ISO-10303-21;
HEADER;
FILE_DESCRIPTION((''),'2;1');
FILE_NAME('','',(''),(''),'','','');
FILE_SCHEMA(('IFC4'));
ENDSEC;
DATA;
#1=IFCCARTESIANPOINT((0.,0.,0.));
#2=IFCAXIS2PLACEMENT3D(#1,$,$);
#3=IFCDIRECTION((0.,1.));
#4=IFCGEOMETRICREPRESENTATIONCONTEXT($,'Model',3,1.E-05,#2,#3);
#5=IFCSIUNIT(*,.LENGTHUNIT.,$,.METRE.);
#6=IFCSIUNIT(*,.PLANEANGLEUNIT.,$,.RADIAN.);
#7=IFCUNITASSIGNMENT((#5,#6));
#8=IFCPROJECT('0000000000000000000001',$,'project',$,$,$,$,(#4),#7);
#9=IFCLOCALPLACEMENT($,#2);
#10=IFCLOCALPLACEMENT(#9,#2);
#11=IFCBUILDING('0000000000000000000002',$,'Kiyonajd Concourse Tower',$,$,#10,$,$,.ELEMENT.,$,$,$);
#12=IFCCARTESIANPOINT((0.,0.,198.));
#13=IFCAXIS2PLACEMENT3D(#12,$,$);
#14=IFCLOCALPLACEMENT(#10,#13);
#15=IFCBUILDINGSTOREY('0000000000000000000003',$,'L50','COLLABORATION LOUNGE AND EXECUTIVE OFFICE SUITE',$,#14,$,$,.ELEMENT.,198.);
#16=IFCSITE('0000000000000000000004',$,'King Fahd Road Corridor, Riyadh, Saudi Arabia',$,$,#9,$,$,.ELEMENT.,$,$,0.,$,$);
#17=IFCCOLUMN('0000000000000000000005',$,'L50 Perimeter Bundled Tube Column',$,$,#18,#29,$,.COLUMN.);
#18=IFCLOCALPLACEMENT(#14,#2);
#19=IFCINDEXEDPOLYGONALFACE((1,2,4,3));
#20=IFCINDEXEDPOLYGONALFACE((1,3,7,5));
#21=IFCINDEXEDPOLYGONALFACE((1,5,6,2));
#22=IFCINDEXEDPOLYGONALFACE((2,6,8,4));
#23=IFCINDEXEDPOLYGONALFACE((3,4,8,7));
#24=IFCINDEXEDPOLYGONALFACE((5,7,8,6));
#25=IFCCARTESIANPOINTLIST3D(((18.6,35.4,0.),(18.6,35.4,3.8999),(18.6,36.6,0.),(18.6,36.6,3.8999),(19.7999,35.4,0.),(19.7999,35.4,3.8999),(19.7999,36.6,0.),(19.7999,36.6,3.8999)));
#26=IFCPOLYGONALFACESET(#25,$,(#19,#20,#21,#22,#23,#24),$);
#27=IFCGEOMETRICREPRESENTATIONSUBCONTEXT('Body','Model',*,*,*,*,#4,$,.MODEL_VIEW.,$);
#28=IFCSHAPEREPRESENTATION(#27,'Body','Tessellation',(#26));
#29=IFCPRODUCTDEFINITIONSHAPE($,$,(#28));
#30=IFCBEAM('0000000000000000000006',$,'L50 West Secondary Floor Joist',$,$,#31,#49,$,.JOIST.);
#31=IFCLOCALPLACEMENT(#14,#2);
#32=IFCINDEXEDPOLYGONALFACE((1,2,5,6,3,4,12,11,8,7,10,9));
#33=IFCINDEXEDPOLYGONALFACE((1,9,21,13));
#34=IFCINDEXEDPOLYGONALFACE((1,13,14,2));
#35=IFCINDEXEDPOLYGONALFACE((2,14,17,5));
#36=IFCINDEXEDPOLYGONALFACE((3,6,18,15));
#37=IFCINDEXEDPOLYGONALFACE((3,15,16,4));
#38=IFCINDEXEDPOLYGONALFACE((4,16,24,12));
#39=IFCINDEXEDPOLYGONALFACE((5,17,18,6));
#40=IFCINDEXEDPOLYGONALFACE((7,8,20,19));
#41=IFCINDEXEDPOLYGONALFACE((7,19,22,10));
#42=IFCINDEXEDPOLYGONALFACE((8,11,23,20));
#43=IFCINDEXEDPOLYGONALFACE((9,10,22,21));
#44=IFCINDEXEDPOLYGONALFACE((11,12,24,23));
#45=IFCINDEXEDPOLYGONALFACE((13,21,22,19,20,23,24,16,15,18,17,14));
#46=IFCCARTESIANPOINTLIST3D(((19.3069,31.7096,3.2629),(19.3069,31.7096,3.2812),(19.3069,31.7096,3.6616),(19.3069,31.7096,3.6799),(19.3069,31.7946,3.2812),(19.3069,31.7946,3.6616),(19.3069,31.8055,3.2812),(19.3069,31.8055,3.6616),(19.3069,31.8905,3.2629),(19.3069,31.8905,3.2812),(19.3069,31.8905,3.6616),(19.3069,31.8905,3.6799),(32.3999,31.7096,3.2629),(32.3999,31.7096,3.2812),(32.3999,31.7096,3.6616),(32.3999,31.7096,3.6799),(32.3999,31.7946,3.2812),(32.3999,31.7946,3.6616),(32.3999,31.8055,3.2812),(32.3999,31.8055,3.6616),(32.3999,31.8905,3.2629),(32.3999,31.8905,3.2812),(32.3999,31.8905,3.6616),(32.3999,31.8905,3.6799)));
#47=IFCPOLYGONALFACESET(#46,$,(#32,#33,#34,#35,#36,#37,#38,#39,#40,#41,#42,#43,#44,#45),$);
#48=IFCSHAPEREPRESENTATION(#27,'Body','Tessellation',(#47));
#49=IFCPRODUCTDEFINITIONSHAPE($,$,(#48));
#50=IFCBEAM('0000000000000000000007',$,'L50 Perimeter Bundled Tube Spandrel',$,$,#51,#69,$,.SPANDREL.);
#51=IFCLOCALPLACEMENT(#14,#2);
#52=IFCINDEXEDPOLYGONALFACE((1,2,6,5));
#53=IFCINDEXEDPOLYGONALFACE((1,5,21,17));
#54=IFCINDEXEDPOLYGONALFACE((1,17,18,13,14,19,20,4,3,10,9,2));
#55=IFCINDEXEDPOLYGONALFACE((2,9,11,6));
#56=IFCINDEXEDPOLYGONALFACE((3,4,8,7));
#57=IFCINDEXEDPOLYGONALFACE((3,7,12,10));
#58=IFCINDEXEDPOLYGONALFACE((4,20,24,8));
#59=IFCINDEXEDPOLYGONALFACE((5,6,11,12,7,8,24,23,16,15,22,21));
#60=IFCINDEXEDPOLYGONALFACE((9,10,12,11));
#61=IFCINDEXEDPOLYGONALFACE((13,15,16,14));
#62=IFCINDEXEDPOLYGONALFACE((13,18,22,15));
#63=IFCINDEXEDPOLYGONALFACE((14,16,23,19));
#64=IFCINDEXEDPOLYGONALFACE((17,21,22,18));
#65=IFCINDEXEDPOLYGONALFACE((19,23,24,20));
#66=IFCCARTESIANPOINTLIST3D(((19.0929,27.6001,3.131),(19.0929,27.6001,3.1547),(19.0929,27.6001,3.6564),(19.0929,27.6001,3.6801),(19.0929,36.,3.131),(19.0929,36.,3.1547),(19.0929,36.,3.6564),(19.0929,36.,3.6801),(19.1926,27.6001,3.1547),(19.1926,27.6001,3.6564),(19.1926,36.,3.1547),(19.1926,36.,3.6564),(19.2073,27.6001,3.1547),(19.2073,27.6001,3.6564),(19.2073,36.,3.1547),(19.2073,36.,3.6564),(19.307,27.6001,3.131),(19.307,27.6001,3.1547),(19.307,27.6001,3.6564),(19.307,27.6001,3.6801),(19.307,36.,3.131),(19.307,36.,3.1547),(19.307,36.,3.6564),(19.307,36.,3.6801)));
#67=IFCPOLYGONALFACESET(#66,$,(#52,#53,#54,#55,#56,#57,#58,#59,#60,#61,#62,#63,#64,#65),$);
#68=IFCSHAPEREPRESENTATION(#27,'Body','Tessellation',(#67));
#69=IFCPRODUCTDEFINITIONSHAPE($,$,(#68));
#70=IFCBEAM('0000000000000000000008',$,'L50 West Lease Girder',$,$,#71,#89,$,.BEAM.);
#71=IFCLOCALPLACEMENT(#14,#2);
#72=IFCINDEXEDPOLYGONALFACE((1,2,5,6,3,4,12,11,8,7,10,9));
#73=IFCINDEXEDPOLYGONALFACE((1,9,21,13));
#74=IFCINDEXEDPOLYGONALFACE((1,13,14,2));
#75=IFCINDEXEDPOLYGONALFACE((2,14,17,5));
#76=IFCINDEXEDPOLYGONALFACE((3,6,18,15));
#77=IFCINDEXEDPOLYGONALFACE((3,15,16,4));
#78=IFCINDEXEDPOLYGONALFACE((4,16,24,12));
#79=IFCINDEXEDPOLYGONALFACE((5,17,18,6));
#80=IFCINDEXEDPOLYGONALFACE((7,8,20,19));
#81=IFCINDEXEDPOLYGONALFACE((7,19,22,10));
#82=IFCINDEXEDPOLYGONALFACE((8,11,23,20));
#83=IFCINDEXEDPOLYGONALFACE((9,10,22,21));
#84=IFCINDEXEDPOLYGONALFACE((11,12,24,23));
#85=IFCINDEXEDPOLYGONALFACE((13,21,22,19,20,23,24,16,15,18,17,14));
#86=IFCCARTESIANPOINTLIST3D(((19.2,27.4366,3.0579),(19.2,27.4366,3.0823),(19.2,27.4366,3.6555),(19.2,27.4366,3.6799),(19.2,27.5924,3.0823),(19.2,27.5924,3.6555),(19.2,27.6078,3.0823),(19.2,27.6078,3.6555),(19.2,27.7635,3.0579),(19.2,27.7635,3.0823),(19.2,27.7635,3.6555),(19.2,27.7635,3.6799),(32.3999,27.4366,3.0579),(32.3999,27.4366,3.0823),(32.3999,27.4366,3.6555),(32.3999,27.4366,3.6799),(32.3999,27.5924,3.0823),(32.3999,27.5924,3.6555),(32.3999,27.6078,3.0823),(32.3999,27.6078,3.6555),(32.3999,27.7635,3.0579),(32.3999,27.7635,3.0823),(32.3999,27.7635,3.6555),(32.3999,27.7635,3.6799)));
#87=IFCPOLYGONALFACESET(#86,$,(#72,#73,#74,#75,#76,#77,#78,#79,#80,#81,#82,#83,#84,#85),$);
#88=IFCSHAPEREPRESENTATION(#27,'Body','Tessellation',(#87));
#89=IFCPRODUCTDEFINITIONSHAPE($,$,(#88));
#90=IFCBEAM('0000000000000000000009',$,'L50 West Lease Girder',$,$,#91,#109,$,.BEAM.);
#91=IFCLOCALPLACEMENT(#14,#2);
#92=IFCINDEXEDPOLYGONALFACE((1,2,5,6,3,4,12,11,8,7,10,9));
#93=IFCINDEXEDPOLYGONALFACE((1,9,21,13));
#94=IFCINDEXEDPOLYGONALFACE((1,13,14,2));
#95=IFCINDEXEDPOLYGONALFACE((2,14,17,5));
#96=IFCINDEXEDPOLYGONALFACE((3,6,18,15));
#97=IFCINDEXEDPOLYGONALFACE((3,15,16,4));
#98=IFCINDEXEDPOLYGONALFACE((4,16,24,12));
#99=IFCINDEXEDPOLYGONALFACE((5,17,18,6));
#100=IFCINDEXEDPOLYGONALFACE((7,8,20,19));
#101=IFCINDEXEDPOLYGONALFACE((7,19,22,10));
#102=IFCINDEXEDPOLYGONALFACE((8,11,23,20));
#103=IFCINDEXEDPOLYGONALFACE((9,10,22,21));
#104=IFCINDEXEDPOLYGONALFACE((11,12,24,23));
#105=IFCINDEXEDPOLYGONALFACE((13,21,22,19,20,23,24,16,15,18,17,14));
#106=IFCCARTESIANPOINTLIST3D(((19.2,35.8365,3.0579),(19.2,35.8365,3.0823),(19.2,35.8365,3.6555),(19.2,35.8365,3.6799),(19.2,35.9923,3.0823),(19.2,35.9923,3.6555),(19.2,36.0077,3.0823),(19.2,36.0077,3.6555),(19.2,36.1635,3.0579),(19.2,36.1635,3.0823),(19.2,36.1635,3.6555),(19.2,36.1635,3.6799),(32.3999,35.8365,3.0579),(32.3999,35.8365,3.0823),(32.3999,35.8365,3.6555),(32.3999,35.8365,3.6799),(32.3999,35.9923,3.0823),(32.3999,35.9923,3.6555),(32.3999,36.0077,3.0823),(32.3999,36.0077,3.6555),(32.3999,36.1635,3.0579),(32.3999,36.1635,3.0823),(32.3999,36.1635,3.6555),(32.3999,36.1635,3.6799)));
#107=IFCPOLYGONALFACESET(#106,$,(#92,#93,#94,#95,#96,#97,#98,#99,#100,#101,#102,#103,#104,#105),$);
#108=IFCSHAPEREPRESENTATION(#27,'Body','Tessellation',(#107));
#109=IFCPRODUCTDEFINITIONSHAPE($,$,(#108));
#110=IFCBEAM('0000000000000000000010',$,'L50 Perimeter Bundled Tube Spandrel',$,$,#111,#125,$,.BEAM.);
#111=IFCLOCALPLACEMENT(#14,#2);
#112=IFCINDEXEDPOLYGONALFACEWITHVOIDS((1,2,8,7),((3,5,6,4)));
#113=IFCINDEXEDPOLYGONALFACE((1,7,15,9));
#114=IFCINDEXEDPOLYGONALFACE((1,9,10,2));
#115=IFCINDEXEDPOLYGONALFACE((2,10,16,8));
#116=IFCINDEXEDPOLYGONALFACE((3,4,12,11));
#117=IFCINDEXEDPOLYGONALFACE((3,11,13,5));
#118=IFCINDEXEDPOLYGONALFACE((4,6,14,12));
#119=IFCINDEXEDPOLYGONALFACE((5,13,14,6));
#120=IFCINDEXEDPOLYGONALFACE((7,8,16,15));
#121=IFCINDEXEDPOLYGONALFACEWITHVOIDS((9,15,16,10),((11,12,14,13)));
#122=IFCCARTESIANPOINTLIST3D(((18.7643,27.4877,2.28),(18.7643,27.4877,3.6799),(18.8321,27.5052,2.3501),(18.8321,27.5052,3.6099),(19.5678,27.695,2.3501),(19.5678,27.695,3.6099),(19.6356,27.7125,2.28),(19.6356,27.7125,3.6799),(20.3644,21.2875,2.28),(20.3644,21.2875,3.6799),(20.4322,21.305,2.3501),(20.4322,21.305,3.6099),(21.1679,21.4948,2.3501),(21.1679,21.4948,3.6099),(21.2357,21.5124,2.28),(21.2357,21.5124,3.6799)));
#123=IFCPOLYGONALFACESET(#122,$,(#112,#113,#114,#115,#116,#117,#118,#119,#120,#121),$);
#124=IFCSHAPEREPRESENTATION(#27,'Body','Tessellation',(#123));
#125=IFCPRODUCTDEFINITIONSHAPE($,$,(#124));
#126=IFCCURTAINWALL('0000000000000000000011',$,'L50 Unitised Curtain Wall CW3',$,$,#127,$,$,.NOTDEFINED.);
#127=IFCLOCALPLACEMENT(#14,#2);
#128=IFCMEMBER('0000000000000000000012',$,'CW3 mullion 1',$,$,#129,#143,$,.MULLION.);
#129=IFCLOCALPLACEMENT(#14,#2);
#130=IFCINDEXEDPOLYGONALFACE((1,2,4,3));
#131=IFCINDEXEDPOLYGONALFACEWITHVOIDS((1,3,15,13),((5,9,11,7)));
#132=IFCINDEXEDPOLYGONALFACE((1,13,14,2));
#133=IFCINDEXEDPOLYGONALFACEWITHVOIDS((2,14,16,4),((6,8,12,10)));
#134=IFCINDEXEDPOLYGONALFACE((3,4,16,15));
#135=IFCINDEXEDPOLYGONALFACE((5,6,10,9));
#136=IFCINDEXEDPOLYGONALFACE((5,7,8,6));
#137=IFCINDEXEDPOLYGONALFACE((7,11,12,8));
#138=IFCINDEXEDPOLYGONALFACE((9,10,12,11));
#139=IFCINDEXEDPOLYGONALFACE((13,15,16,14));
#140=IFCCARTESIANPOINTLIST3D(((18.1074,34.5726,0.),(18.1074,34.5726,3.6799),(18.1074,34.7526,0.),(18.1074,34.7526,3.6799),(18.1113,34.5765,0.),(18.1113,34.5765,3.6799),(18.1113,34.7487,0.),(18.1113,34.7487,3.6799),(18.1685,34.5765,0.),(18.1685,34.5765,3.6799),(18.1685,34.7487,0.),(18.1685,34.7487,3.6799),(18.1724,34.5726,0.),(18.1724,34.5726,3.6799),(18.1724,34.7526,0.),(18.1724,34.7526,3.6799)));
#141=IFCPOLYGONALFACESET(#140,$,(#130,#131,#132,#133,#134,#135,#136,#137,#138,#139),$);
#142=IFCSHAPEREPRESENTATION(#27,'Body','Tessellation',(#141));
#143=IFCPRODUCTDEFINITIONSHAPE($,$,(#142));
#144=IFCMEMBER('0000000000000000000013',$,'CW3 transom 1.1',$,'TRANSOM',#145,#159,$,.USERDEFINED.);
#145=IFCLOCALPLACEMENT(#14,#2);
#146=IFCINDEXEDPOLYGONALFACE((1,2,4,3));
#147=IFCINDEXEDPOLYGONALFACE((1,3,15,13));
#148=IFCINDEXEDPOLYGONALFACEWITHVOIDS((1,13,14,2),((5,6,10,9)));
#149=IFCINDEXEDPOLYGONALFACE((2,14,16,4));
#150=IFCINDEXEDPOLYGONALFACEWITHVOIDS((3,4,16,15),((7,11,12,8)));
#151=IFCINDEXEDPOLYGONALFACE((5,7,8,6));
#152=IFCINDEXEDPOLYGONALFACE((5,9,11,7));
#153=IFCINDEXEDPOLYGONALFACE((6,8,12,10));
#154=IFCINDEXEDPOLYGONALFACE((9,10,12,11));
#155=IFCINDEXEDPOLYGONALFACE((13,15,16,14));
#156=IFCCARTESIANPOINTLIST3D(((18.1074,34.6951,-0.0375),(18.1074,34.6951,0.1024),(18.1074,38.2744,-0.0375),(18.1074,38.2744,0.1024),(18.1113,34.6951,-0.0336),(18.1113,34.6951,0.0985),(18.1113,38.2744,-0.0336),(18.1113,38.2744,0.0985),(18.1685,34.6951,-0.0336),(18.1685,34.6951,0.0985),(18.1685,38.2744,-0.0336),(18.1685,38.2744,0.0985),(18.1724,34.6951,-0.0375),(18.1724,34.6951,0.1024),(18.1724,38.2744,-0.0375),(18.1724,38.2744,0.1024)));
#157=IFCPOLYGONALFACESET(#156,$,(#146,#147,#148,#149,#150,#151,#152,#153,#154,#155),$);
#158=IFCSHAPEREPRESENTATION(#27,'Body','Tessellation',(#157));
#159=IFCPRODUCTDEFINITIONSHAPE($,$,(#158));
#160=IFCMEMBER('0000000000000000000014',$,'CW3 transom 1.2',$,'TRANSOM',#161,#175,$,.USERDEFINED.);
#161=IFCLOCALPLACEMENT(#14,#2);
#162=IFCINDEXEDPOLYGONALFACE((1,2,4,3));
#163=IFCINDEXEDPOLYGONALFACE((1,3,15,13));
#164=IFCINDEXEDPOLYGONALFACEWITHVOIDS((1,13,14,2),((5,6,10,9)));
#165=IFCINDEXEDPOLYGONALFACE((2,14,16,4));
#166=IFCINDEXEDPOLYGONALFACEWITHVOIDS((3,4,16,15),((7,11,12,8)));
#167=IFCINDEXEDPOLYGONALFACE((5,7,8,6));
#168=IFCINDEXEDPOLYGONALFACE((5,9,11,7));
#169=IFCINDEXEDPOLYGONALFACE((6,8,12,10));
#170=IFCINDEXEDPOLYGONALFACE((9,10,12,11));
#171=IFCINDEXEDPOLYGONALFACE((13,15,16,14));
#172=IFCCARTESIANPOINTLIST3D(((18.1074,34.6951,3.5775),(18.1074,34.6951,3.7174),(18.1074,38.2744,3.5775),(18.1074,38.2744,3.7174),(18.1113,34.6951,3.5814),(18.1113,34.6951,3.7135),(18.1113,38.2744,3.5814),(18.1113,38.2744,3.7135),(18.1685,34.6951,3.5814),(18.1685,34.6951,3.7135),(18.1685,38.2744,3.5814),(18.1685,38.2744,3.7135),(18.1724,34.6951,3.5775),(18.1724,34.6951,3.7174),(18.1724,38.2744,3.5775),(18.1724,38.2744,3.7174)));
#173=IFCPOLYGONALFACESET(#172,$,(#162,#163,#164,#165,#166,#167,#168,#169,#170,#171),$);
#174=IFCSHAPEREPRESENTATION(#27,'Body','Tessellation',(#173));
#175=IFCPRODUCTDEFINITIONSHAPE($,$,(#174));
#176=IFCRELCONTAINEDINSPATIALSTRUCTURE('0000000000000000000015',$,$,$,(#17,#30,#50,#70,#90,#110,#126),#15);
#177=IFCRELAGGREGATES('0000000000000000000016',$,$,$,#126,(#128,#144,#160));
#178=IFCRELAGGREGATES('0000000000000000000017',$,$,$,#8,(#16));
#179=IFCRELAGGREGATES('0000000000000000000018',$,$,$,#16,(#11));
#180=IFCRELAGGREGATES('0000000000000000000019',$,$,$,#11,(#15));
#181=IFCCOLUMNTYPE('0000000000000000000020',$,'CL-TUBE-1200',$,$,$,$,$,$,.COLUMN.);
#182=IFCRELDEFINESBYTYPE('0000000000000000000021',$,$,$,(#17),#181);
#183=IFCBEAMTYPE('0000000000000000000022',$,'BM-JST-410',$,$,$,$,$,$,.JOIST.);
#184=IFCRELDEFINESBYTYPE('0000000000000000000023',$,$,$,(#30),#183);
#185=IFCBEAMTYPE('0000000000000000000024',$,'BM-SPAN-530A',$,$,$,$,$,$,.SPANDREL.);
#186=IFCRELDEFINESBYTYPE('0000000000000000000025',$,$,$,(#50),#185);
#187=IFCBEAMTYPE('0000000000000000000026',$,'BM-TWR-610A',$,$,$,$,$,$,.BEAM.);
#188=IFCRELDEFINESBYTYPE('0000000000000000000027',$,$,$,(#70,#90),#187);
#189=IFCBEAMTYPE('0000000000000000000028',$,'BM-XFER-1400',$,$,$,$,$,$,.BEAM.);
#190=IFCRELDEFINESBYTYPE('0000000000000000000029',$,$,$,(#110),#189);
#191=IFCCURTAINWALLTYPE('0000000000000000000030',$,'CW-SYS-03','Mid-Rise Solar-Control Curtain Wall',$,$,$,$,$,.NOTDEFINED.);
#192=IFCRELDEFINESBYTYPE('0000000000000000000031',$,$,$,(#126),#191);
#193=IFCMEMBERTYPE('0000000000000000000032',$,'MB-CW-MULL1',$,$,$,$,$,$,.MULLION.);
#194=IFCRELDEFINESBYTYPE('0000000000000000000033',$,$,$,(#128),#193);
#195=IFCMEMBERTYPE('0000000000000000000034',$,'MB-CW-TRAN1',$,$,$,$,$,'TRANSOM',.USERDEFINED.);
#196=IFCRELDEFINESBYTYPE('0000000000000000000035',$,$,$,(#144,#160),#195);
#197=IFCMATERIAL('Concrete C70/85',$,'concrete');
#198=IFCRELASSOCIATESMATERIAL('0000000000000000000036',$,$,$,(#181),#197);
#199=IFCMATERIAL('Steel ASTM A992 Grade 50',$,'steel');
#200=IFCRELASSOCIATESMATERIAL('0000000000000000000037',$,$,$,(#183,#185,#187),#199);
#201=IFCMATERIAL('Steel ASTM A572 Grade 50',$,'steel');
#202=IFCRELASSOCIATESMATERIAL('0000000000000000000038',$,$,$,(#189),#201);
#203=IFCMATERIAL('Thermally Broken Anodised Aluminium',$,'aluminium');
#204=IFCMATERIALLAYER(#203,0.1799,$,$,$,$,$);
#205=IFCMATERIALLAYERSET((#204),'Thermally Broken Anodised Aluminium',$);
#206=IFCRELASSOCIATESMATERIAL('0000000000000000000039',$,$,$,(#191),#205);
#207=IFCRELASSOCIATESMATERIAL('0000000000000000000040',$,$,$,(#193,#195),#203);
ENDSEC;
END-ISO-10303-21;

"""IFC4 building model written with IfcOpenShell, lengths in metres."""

from ifc_helpers import new_model, si_unit, direction, frame, origin, origin_2d, place, context, subcontext, project, spatial, rectangle, hollow_rectangle, i_section, extrude, material, layer, layer_set, material_profile, profile_set, type_object, element, aggregate, save


model = new_model("IFC4")

# Units and contexts
model_context = context("Model", 3, precision=1e-05, world=origin(), true_north=direction((0.0, 1.0)))
body_context = subcontext(model_context, "Body", "Model", "MODEL_VIEW")
ifc_project = project(units=[si_unit("LENGTHUNIT", "METRE"), si_unit("PLANEANGLEUNIT", "RADIAN")], contexts=[model_context])

# Site, building, storey
site_placement = place(None, origin())
site = spatial("IfcSite", under=ifc_project, at=site_placement, Name="King Fahd Road Corridor, Riyadh, Saudi Arabia", CompositionType="ELEMENT", RefElevation=0.0)
building_placement = place(site_placement, origin())
building = spatial("IfcBuilding", under=site, at=building_placement, Name="Kiyonajd Concourse Tower", CompositionType="ELEMENT")
storey_placement = place(building_placement, frame((0.0, 0.0, 198.0)))
storey = spatial("IfcBuildingStorey", under=building, at=storey_placement, Name="L50", Description="COLLABORATION LOUNGE AND EXECUTIVE OFFICE SUITE", CompositionType="ELEMENT", Elevation=198.0)

# Column
ifc_material_1 = material(Name="Concrete C70/85", Category="concrete")
ifc_material_profile_1 = material_profile(ifc_material_1, rectangle(XDim=1.2, YDim=1.2, at=origin_2d()), Name="RC-1200x1200")
ifc_profile_set_1 = profile_set([ifc_material_profile_1], Name="Concrete C70/85")
column_type = type_object("IfcColumnType", Name="CL-TUBE-1200", PredefinedType="COLUMN", material=ifc_profile_set_1)
column_placement = place(storey_placement, frame((19.2, 36.0, 0.0), z_axis=(0.0, 0.0, 1.0), x_axis=(1.0, 0.0, 0.0)))
element("IfcColumn", 1, at=column_placement, inside=storey, type_object=column_type, Name="L50 Perimeter Bundled Tube Column", PredefinedType="COLUMN", context=body_context, shape_type="SweptSolid", body=[
    extrude(rectangle(XDim=1.2, YDim=1.2, at=origin_2d()), origin(), (0.0, 0.0, 1.0), 3.8999),
])

# Beams
ifc_material_2 = material(Name="Steel ASTM A992 Grade 50", Category="steel")
ifc_material_profile_2 = material_profile(ifc_material_2, i_section(OverallWidth=0.1809, OverallDepth=0.417, WebThickness=0.011, FlangeThickness=0.0183, at=origin_2d()), Name="W410X85")
ifc_profile_set_2 = profile_set([ifc_material_profile_2], Name="Steel ASTM A992 Grade 50")
beam_type_1 = type_object("IfcBeamType", Name="BM-JST-410", PredefinedType="JOIST", material=ifc_profile_set_2)
beam_1_placement = place(storey_placement, frame((19.3069, 31.8, 3.4714), z_axis=(1.0, 0.0, 0.0), x_axis=(0.0, 1.0, 0.0)))
element("IfcBeam", 2, at=beam_1_placement, inside=storey, type_object=beam_type_1, Name="L50 West Secondary Floor Joist", PredefinedType="JOIST", context=body_context, shape_type="SweptSolid", body=[
    extrude(i_section(OverallWidth=0.1809, OverallDepth=0.417, WebThickness=0.011, FlangeThickness=0.0183, at=origin_2d()), origin(), (0.0, 0.0, 1.0), 13.093),
])
ifc_material_profile_3 = material_profile(ifc_material_2, i_section(OverallWidth=0.2141, OverallDepth=0.5491, WebThickness=0.0146, FlangeThickness=0.0237, at=origin_2d()), Name="W530X138")
ifc_profile_set_3 = profile_set([ifc_material_profile_3], Name="Steel ASTM A992 Grade 50")
beam_type_2 = type_object("IfcBeamType", Name="BM-SPAN-530A", PredefinedType="SPANDREL", material=ifc_profile_set_3)
beam_2_placement = place(storey_placement, frame((19.2, 36.0, 3.4055), z_axis=(0.0, -1.0, 0.0), x_axis=(1.0, 0.0, 0.0)))
element("IfcBeam", 3, at=beam_2_placement, inside=storey, type_object=beam_type_2, Name="L50 Perimeter Bundled Tube Spandrel", PredefinedType="SPANDREL", context=body_context, shape_type="SweptSolid", body=[
    extrude(i_section(OverallWidth=0.2141, OverallDepth=0.5491, WebThickness=0.0146, FlangeThickness=0.0237, at=origin_2d()), origin(), (0.0, 0.0, 1.0), 8.3999),
])
ifc_material_profile_4 = material_profile(ifc_material_2, i_section(OverallWidth=0.3269, OverallDepth=0.6221, WebThickness=0.0154, FlangeThickness=0.0244, at=origin_2d()), Name="W610X195")
ifc_profile_set_4 = profile_set([ifc_material_profile_4], Name="Steel ASTM A992 Grade 50")
beam_type_3 = type_object("IfcBeamType", Name="BM-TWR-610A", PredefinedType="BEAM", material=ifc_profile_set_4)
for number, where, z_axis, x_axis, name in (
    (4, (19.2, 27.6001, 3.3689), (1.0, 0.0, 0.0), (0.0, 1.0, 0.0), "L50 West Lease Girder"),
    (5, (19.2, 36.0, 3.3689), (1.0, 0.0, 0.0), (0.0, 1.0, 0.0), "L50 West Lease Girder"),
):
    element("IfcBeam", number, at=place(storey_placement, frame(where, z_axis=z_axis, x_axis=x_axis)), inside=storey, type_object=beam_type_3, Name=name, PredefinedType="BEAM", context=body_context, shape_type="SweptSolid", body=[
        extrude(i_section(OverallWidth=0.3269, OverallDepth=0.6221, WebThickness=0.0154, FlangeThickness=0.0244, at=origin_2d()), origin(), (0.0, 0.0, 1.0), 13.2),
    ])
ifc_material_3 = material(Name="Steel ASTM A572 Grade 50", Category="steel")
ifc_material_profile_5 = material_profile(ifc_material_3, hollow_rectangle(XDim=0.8999, YDim=1.3999, WallThickness=0.0701, at=origin_2d()), Name="BOX-1400x900x70")
ifc_profile_set_5 = profile_set([ifc_material_profile_5], Name="Steel ASTM A572 Grade 50")
beam_type_4 = type_object("IfcBeamType", Name="BM-XFER-1400", PredefinedType="BEAM", material=ifc_profile_set_5)
beam_3_placement = place(storey_placement, frame((19.2, 27.6001, 2.98), z_axis=(0.249885, -0.968276, 0.0), x_axis=(0.968276, 0.249885, 0.0)))
element("IfcBeam", 6, at=beam_3_placement, inside=storey, type_object=beam_type_4, Name="L50 Perimeter Bundled Tube Spandrel", PredefinedType="BEAM", context=body_context, shape_type="SweptSolid", body=[
    extrude(hollow_rectangle(XDim=0.8999, YDim=1.3999, WallThickness=0.0701, at=origin_2d()), origin(), (0.0, 0.0, 1.0), 6.4033),
])

# Curtain wall, members
ifc_material_4 = material(Name="Thermally Broken Anodised Aluminium", Category="aluminium")
ifc_layer_1 = layer(ifc_material_4, 0.1799)
ifc_layer_set_1 = layer_set([ifc_layer_1], Name="Thermally Broken Anodised Aluminium")
curtain_wall_type = type_object("IfcCurtainWallType", Name="CW-SYS-03", Description="Mid-Rise Solar-Control Curtain Wall", PredefinedType="NOTDEFINED", material=ifc_layer_set_1)
curtain_wall_placement = place(storey_placement, origin())
curtain_wall = element("IfcCurtainWall", 7, at=curtain_wall_placement, inside=storey, type_object=curtain_wall_type, Name="L50 Unitised Curtain Wall CW3", PredefinedType="NOTDEFINED")
ifc_material_profile_6 = material_profile(ifc_material_4, hollow_rectangle(XDim=0.0649, YDim=0.1799, WallThickness=0.0039, at=origin_2d()), Name="MULL-65x180")
ifc_profile_set_6 = profile_set([ifc_material_profile_6], Name="Thermally Broken Anodised Aluminium")
member_type_1 = type_object("IfcMemberType", Name="MB-CW-MULL1", PredefinedType="MULLION", material=ifc_profile_set_6)
member_1_placement = place(storey_placement, frame((18.1399, 34.6626, 0.0), z_axis=(0.0, 0.0, 1.0), x_axis=(-1.0, 0.0, 0.0)))
member_1 = element("IfcMember", 8, at=member_1_placement, type_object=member_type_1, Name="CW3 mullion 1", PredefinedType="MULLION", context=body_context, shape_type="SweptSolid", body=[
    extrude(hollow_rectangle(XDim=0.0649, YDim=0.1799, WallThickness=0.0039, at=origin_2d()), origin(), (0.0, 0.0, 1.0), 3.6799),
])
ifc_material_profile_7 = material_profile(ifc_material_4, hollow_rectangle(XDim=0.0649, YDim=0.1399, WallThickness=0.0039, at=origin_2d()), Name="TRAN-65x140")
ifc_profile_set_7 = profile_set([ifc_material_profile_7], Name="Thermally Broken Anodised Aluminium")
member_type_2 = type_object("IfcMemberType", Name="MB-CW-TRAN1", ElementType="TRANSOM", PredefinedType="USERDEFINED", material=ifc_profile_set_7)
member_2_placement = place(storey_placement, frame((18.1399, 34.6951, 0.0325), z_axis=(0.0, 1.0, 0.0), x_axis=(-1.0, 0.0, 0.0)))
member_2 = element("IfcMember", 9, at=member_2_placement, type_object=member_type_2, Name="CW3 transom 1.1", ObjectType="TRANSOM", PredefinedType="USERDEFINED", context=body_context, shape_type="SweptSolid", body=[
    extrude(hollow_rectangle(XDim=0.0649, YDim=0.1399, WallThickness=0.0039, at=origin_2d()), origin(), (0.0, 0.0, 1.0), 3.5793),
])
member_3_placement = place(storey_placement, frame((18.1399, 34.6951, 3.6475), z_axis=(0.0, 1.0, 0.0), x_axis=(-1.0, 0.0, 0.0)))
member_3 = element("IfcMember", 10, at=member_3_placement, type_object=member_type_2, Name="CW3 transom 1.2", ObjectType="TRANSOM", PredefinedType="USERDEFINED", context=body_context, shape_type="SweptSolid", body=[
    extrude(hollow_rectangle(XDim=0.0649, YDim=0.1399, WallThickness=0.0039, at=origin_2d()), origin(), (0.0, 0.0, 1.0), 3.5793),
])

aggregate(curtain_wall, [member_1, member_2, member_3])

save(model, "model.ifc")
